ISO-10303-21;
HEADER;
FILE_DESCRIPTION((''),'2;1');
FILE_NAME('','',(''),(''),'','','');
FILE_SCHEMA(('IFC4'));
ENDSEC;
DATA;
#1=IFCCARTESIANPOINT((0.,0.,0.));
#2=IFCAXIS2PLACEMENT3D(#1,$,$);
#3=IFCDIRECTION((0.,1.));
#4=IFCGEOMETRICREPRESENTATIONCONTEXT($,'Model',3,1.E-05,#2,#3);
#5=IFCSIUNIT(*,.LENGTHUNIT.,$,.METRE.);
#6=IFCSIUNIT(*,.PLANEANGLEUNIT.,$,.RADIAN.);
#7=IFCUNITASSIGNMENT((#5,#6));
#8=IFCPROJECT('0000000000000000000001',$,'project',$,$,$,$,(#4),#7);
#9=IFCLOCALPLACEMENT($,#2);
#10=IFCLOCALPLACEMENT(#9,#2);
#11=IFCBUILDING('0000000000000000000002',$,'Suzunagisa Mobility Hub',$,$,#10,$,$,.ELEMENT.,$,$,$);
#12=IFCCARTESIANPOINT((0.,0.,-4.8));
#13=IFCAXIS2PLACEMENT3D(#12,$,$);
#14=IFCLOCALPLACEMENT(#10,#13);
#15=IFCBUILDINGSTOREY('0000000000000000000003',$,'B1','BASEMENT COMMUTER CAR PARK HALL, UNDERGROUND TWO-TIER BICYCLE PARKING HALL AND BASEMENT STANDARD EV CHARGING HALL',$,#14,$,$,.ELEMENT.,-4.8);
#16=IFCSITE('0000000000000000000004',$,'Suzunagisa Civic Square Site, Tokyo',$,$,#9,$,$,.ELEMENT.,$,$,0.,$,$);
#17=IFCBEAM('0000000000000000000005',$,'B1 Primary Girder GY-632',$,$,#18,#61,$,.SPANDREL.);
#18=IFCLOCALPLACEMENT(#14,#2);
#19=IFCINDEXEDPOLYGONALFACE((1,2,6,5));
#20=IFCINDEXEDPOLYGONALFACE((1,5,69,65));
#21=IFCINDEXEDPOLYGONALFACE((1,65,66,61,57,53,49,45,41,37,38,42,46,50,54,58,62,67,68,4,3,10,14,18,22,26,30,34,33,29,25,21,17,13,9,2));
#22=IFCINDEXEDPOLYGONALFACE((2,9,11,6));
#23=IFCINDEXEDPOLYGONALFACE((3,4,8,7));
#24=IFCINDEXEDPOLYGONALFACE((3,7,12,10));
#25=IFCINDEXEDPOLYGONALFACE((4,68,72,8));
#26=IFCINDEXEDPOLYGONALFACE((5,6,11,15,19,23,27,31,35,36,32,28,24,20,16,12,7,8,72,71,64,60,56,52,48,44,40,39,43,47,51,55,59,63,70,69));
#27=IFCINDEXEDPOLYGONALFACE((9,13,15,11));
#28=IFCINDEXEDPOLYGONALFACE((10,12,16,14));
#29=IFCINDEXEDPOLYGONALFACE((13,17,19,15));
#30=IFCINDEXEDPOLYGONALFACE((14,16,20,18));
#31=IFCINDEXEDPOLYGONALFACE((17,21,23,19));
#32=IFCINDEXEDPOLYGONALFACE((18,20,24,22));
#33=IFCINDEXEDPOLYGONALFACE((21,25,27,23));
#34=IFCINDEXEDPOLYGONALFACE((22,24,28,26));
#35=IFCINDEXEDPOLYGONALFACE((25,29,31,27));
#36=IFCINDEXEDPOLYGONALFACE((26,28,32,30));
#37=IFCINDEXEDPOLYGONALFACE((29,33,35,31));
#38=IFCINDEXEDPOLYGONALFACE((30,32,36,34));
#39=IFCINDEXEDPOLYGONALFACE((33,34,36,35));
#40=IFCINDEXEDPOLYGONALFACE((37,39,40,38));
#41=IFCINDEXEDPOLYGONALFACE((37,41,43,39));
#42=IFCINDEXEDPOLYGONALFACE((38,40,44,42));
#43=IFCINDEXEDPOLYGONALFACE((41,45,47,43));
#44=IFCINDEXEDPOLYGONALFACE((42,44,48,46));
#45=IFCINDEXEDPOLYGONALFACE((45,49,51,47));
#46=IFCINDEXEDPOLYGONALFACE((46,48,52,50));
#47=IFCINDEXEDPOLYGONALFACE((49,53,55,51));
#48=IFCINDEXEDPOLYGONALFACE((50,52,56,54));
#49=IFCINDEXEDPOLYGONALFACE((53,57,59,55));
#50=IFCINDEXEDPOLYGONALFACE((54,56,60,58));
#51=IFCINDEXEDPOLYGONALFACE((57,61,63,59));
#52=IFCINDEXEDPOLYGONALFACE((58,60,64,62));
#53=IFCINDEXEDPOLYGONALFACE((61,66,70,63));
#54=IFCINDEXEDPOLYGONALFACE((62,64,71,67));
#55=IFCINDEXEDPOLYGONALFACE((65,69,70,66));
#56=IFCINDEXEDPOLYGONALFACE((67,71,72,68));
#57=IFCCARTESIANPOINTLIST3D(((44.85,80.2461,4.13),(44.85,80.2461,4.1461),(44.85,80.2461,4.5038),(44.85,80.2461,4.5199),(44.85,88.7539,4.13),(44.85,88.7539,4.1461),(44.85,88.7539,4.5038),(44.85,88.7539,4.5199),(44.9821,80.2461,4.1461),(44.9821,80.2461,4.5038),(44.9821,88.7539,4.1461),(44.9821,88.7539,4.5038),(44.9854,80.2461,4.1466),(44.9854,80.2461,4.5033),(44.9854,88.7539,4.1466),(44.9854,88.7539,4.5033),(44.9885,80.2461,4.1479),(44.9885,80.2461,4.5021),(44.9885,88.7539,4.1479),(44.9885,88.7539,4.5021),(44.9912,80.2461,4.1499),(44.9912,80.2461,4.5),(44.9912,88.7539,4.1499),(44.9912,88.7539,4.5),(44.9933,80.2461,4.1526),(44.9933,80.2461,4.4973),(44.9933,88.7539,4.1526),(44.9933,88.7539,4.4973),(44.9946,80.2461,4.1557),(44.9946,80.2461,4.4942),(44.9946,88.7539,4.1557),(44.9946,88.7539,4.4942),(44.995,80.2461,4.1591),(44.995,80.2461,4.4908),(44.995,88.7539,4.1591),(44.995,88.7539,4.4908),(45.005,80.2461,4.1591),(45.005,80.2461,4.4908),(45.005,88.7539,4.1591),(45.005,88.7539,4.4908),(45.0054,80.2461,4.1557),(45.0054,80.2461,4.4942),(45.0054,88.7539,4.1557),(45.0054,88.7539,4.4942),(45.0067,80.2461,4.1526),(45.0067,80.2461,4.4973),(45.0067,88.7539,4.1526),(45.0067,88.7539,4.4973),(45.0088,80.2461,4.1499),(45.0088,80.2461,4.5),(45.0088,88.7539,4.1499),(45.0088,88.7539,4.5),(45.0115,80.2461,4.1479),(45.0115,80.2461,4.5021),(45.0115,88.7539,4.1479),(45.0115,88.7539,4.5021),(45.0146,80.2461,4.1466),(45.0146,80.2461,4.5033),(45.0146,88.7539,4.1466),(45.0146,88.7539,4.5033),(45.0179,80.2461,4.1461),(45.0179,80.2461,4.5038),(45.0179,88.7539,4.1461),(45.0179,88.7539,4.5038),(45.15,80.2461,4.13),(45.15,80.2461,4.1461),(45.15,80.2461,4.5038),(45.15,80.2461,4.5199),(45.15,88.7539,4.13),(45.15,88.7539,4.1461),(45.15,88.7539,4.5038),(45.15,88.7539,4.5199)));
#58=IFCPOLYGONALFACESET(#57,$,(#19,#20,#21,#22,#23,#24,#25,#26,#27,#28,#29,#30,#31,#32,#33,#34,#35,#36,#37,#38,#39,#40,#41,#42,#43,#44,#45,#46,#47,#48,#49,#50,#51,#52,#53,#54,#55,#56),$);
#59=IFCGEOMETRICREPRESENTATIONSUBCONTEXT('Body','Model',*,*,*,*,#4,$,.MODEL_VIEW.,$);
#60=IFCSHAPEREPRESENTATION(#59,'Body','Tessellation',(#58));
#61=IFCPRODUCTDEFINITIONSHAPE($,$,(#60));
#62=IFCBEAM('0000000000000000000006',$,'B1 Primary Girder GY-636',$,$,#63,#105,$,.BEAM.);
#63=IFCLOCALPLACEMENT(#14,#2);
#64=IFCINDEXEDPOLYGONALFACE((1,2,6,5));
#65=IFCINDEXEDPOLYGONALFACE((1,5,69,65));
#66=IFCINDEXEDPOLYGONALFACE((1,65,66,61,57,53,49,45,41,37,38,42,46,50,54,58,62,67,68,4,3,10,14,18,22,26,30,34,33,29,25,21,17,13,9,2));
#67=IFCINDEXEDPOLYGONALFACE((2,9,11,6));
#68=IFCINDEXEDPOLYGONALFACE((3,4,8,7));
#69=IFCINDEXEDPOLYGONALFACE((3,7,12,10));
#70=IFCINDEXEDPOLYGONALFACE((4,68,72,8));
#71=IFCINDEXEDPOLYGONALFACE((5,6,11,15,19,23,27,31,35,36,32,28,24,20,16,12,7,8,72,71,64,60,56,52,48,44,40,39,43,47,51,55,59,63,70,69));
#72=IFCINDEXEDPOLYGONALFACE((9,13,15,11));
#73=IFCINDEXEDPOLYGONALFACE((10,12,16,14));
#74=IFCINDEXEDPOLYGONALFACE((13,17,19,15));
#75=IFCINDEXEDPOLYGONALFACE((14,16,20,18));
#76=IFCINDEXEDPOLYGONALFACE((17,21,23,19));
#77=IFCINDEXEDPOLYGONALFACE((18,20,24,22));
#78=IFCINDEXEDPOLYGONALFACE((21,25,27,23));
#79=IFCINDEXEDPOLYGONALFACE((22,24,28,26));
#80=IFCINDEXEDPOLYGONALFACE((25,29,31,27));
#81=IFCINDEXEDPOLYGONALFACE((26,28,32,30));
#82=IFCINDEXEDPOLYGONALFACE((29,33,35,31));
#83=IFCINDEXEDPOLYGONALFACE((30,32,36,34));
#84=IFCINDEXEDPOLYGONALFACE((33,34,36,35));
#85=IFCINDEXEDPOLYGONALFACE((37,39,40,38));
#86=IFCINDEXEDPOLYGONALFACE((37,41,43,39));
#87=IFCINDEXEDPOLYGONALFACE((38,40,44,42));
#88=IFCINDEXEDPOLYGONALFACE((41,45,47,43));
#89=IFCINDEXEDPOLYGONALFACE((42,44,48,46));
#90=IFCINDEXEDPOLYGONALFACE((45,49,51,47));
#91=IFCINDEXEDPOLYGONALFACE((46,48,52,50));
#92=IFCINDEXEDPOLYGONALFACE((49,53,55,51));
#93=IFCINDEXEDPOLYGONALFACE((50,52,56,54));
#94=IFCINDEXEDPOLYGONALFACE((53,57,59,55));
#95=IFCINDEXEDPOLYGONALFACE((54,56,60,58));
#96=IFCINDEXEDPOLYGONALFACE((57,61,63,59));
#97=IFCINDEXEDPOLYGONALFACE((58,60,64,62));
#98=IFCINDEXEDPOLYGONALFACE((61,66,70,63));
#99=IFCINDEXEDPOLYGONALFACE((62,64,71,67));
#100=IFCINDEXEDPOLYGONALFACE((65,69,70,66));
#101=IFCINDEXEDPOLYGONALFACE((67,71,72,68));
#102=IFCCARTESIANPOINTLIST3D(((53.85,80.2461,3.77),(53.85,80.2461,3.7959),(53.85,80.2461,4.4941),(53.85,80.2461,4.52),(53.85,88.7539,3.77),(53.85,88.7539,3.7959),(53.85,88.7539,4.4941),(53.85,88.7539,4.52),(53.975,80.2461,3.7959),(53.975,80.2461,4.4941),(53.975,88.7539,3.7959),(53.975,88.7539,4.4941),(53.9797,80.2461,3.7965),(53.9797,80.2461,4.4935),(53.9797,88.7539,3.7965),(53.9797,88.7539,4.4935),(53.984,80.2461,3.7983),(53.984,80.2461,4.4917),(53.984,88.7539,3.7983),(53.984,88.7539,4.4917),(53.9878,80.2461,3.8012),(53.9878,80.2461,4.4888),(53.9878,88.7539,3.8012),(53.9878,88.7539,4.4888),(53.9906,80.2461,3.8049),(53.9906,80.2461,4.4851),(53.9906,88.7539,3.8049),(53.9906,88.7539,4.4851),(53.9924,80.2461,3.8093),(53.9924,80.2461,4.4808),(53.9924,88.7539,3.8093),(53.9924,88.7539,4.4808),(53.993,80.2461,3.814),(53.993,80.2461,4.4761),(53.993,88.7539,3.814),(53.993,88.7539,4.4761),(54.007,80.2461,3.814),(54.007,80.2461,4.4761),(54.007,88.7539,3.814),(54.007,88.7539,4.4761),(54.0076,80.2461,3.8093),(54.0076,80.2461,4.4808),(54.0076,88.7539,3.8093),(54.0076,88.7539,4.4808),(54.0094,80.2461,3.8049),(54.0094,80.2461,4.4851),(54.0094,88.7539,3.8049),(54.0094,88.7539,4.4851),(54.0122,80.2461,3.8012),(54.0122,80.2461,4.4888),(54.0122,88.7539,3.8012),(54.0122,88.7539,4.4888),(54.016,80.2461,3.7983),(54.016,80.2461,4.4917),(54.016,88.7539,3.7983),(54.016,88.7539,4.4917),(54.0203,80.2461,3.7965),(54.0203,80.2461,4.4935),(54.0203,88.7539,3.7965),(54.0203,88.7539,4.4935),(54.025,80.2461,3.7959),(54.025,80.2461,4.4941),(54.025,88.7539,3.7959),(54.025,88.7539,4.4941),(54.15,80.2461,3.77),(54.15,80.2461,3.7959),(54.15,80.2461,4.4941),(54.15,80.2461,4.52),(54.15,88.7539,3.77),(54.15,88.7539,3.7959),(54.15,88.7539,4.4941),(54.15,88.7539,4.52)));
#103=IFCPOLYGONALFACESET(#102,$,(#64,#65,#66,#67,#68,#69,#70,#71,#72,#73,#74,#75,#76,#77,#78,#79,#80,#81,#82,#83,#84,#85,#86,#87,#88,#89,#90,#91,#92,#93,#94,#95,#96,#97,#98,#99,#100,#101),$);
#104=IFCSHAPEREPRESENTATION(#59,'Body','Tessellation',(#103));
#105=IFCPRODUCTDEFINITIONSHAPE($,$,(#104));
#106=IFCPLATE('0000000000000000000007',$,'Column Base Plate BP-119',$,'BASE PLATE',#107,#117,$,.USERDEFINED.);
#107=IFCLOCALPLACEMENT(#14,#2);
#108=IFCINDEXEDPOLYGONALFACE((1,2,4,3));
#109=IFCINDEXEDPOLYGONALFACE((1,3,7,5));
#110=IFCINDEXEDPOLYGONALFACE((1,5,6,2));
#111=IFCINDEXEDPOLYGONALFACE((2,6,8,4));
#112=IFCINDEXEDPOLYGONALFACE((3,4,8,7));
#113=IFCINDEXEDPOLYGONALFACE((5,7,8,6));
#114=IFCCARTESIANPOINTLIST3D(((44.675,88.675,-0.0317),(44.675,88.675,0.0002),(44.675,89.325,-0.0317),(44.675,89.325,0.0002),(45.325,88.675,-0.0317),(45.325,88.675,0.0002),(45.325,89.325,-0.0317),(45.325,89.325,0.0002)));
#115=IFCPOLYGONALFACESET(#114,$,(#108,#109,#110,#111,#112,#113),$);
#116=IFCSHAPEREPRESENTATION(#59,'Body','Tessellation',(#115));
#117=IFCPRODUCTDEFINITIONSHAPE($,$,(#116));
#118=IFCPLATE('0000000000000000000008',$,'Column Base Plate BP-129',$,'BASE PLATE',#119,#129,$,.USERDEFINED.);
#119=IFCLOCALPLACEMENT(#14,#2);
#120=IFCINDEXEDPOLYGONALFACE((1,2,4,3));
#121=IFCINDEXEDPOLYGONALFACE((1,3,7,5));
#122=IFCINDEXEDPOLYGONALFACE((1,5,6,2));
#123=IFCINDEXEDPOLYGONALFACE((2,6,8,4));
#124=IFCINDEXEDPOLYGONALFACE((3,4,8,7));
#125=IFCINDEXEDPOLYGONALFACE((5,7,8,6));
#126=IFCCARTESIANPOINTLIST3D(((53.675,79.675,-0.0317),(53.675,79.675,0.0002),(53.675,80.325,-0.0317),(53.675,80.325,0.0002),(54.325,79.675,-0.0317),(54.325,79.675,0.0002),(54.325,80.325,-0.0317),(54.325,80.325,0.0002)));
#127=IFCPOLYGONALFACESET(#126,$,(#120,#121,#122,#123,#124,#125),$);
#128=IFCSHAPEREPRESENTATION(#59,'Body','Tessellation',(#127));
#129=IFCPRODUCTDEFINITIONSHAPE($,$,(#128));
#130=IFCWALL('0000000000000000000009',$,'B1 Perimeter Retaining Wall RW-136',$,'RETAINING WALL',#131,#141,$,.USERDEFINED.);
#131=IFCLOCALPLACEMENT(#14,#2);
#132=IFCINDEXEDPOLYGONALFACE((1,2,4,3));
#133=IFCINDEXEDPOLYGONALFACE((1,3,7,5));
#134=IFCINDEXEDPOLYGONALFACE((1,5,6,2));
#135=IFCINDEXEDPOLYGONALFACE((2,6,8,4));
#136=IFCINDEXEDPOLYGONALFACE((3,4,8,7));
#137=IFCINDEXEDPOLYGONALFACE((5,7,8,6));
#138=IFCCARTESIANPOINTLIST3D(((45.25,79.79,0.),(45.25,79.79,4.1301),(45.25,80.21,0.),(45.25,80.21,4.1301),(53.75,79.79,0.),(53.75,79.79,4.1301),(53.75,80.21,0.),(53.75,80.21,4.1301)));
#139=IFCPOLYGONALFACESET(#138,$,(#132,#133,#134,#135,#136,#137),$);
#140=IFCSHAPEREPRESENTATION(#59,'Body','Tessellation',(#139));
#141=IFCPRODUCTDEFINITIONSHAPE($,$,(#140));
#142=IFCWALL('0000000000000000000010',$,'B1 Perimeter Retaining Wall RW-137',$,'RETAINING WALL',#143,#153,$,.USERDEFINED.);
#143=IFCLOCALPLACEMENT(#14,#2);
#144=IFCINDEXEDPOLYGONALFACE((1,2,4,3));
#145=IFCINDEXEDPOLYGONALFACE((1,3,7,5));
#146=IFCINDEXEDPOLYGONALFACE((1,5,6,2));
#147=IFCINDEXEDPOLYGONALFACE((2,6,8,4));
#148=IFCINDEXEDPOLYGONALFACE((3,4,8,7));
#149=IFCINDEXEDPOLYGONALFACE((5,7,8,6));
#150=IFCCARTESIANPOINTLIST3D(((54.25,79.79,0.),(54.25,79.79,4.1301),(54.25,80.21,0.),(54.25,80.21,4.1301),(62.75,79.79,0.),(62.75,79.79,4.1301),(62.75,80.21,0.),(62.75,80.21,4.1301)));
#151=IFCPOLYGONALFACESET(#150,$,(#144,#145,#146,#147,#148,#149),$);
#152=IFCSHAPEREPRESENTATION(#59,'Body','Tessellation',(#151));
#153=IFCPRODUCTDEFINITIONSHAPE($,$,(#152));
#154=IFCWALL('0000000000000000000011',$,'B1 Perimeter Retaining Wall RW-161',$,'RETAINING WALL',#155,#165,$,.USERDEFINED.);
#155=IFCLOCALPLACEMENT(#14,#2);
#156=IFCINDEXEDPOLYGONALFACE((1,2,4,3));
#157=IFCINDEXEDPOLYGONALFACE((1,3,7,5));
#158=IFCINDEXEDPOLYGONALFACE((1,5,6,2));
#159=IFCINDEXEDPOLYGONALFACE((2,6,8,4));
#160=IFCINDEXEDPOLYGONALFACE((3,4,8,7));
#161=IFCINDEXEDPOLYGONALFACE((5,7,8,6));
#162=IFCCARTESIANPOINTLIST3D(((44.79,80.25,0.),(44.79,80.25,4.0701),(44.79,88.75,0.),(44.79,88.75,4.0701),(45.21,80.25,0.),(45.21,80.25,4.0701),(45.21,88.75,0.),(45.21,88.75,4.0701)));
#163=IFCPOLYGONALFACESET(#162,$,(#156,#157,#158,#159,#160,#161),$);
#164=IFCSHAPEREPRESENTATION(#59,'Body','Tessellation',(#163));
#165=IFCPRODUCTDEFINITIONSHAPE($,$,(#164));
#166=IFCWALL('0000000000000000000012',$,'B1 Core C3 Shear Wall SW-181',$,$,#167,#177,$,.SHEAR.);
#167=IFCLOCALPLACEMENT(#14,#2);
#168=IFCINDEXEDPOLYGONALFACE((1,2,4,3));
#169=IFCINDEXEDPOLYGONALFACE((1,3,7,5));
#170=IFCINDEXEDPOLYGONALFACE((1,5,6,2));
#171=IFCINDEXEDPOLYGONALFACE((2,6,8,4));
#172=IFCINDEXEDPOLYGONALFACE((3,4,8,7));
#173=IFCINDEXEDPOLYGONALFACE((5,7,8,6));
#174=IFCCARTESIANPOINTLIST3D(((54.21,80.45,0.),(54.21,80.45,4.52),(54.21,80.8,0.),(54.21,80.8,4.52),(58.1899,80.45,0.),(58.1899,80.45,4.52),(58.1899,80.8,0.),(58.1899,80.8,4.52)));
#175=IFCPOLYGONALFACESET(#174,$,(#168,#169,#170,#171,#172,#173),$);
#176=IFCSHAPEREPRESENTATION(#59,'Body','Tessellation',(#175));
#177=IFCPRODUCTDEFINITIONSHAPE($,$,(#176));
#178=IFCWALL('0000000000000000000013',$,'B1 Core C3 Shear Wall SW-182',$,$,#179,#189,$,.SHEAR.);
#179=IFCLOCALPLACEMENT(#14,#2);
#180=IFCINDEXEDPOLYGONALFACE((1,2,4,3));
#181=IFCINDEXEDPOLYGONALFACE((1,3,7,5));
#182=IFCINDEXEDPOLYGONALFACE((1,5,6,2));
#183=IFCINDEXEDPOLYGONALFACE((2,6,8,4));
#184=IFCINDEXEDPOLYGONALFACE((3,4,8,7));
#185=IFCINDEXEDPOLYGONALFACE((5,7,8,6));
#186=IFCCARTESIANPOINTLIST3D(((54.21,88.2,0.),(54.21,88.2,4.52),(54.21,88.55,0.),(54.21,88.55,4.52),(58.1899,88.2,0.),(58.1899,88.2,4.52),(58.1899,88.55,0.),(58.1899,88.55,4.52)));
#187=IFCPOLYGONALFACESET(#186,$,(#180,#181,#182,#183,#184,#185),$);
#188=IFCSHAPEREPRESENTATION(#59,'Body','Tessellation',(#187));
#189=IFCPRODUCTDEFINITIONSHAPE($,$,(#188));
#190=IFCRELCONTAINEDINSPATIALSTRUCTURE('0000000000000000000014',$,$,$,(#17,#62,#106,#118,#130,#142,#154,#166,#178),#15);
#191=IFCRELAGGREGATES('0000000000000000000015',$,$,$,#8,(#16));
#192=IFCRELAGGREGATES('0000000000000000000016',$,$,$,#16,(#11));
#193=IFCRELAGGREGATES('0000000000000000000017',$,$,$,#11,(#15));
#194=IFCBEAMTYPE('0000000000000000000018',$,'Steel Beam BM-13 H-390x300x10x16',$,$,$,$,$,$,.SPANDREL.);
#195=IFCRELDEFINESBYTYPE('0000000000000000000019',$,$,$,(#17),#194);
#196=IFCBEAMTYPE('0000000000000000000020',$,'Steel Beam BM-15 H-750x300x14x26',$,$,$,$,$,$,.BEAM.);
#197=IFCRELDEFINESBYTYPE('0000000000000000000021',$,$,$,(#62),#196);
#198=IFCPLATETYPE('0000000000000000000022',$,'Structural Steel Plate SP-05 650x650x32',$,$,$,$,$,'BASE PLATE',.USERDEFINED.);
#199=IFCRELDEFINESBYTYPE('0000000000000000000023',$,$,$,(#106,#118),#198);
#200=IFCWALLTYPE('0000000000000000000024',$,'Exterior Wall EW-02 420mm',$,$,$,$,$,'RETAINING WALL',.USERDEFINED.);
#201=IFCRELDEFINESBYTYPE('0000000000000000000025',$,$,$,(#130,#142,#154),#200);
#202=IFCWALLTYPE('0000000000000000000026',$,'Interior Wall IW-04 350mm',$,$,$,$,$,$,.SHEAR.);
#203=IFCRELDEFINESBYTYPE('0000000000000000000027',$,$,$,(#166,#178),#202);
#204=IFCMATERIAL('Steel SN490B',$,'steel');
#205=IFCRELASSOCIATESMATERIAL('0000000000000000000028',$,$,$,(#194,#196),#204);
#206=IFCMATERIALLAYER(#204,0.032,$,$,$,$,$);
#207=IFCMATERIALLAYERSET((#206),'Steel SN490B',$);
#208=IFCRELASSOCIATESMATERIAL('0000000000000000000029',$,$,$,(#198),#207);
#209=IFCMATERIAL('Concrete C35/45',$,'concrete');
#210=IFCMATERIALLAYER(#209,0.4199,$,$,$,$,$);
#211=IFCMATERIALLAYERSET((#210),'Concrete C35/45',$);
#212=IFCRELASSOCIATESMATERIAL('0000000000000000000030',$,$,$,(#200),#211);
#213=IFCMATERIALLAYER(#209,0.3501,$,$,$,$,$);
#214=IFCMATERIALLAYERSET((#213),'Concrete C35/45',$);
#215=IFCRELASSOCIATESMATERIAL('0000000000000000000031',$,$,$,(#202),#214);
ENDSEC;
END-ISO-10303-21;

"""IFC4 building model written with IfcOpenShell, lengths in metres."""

from ifc_helpers import new_model, si_unit, direction, frame, frame_2d, origin, origin_2d, place, context, subcontext, project, spatial, rectangle, i_section, extrude, material, layer, layer_set, material_profile, profile_set, type_object, element, save


model = new_model("IFC4")

# Units and contexts
model_context = context("Model", 3, precision=1e-05, world=origin(), true_north=direction((0.0, 1.0)))
body_context = subcontext(model_context, "Body", "Model", "MODEL_VIEW")
ifc_project = project(units=[si_unit("LENGTHUNIT", "METRE"), si_unit("PLANEANGLEUNIT", "RADIAN")], contexts=[model_context])

# Site, building, storey
site_placement = place(None, origin())
site = spatial("IfcSite", under=ifc_project, at=site_placement, Name="Suzunagisa Civic Square Site, Tokyo", CompositionType="ELEMENT", RefElevation=0.0)
building_placement = place(site_placement, origin())
building = spatial("IfcBuilding", under=site, at=building_placement, Name="Suzunagisa Mobility Hub", CompositionType="ELEMENT")
storey_placement = place(building_placement, frame((0.0, 0.0, -4.8)))
storey = spatial("IfcBuildingStorey", under=building, at=storey_placement, Name="B1", Description="BASEMENT COMMUTER CAR PARK HALL, UNDERGROUND TWO-TIER BICYCLE PARKING HALL AND BASEMENT STANDARD EV CHARGING HALL", CompositionType="ELEMENT", Elevation=-4.8)

# Shared definitions
ifc_material_1 = material(Name="Steel SN490B", Category="steel")

# Beams
ifc_material_profile_1 = material_profile(ifc_material_1, i_section(OverallWidth=0.3, OverallDepth=0.3899, WebThickness=0.01, FlangeThickness=0.0161, FilletRadius=0.0129, at=origin_2d()), Name="H-390x300x10x16")
ifc_profile_set_1 = profile_set([ifc_material_profile_1], Name="Steel SN490B")
beam_type_1 = type_object("IfcBeamType", Name="Steel Beam BM-13 H-390x300x10x16", PredefinedType="SPANDREL", material=ifc_profile_set_1)
for number, where, z_axis, x_axis, name in (
    (1, (45.0, 80.2461, 4.325), (0.0, 1.0, 0.0), (-1.0, 0.0, 0.0), "B1 Primary Girder GY-632"),
):
    element("IfcBeam", number, at=place(storey_placement, frame(where, z_axis=z_axis, x_axis=x_axis)), inside=storey, type_object=beam_type_1, Name=name, PredefinedType="SPANDREL", context=body_context, shape_type="SweptSolid", body=[
        extrude(i_section(OverallWidth=0.3, OverallDepth=0.3899, WebThickness=0.01, FlangeThickness=0.0161, FilletRadius=0.0129, at=origin_2d()), origin(), (0.0, 0.0, 1.0), 8.5078),
    ])
ifc_material_profile_2 = material_profile(ifc_material_1, i_section(OverallWidth=0.3, OverallDepth=0.75, WebThickness=0.0139, FlangeThickness=0.0259, FilletRadius=0.0181, at=origin_2d()), Name="H-750x300x14x26")
ifc_profile_set_2 = profile_set([ifc_material_profile_2], Name="Steel SN490B")
beam_type_2 = type_object("IfcBeamType", Name="Steel Beam BM-15 H-750x300x14x26", PredefinedType="BEAM", material=ifc_profile_set_2)
beam_1_placement = place(storey_placement, frame((54.0, 80.2461, 4.145), z_axis=(0.0, 1.0, 0.0), x_axis=(-1.0, 0.0, 0.0)))
element("IfcBeam", 2, at=beam_1_placement, inside=storey, type_object=beam_type_2, Name="B1 Primary Girder GY-636", PredefinedType="BEAM", context=body_context, shape_type="SweptSolid", body=[
    extrude(i_section(OverallWidth=0.3, OverallDepth=0.75, WebThickness=0.0139, FlangeThickness=0.0259, FilletRadius=0.0181, at=origin_2d()), origin(), (0.0, 0.0, 1.0), 8.5078),
])

# Plates
ifc_layer_1 = layer(ifc_material_1, 0.032)
ifc_layer_set_1 = layer_set([ifc_layer_1], Name="Steel SN490B")
plate_type = type_object("IfcPlateType", Name="Structural Steel Plate SP-05 650x650x32", ElementType="BASE PLATE", PredefinedType="USERDEFINED", material=ifc_layer_set_1)
for number, where, z_axis, x_axis, name in (
    (3, (45.0, 89.0, -0.0317), (0.0, 0.0, 1.0), (1.0, 0.0, 0.0), "Column Base Plate BP-119"),
    (4, (54.0, 80.0, -0.0317), (0.0, 0.0, 1.0), (1.0, 0.0, 0.0), "Column Base Plate BP-129"),
):
    element("IfcPlate", number, at=place(storey_placement, frame(where, z_axis=z_axis, x_axis=x_axis)), inside=storey, type_object=plate_type, Name=name, ObjectType="BASE PLATE", PredefinedType="USERDEFINED", context=body_context, shape_type="SweptSolid", body=[
        extrude(rectangle(XDim=0.6499, YDim=0.6499, at=origin_2d()), origin(), (0.0, 0.0, 1.0), 0.032),
    ])

# Walls
ifc_material_2 = material(Name="Concrete C35/45", Category="concrete")
ifc_layer_2 = layer(ifc_material_2, 0.4199)
ifc_layer_set_2 = layer_set([ifc_layer_2], Name="Concrete C35/45")
wall_type_1 = type_object("IfcWallType", Name="Exterior Wall EW-02 420mm", ElementType="RETAINING WALL", PredefinedType="USERDEFINED", material=ifc_layer_set_2)
for number, where, z_axis, x_axis, name in (
    (5, (45.25, 80.0, 0.0), (0.0, 0.0, 1.0), (1.0, 0.0, 0.0), "B1 Perimeter Retaining Wall RW-136"),
    (6, (54.25, 80.0, 0.0), (0.0, 0.0, 1.0), (1.0, 0.0, 0.0), "B1 Perimeter Retaining Wall RW-137"),
):
    element("IfcWall", number, at=place(storey_placement, frame(where, z_axis=z_axis, x_axis=x_axis)), inside=storey, type_object=wall_type_1, Name=name, ObjectType="RETAINING WALL", PredefinedType="USERDEFINED", context=body_context, shape_type="SweptSolid", body=[
        extrude(rectangle(XDim=8.5, YDim=0.4199, at=frame_2d((4.25, 0.0))), origin(), (0.0, 0.0, 1.0), 4.1301),
    ])
wall_1_placement = place(storey_placement, frame((45.0, 88.75, 0.0), z_axis=(0.0, 0.0, 1.0), x_axis=(0.0, -1.0, 0.0)))
element("IfcWall", 7, at=wall_1_placement, inside=storey, type_object=wall_type_1, Name="B1 Perimeter Retaining Wall RW-161", ObjectType="RETAINING WALL", PredefinedType="USERDEFINED", context=body_context, shape_type="SweptSolid", body=[
    extrude(rectangle(XDim=8.5, YDim=0.4199, at=frame_2d((4.25, 0.0))), origin(), (0.0, 0.0, 1.0), 4.0701),
])
ifc_layer_3 = layer(ifc_material_2, 0.3501)
ifc_layer_set_3 = layer_set([ifc_layer_3], Name="Concrete C35/45")
wall_type_2 = type_object("IfcWallType", Name="Interior Wall IW-04 350mm", PredefinedType="SHEAR", material=ifc_layer_set_3)
for number, where, z_axis, x_axis, name in (
    (8, (54.21, 80.625, 0.0), (0.0, 0.0, 1.0), (1.0, 0.0, 0.0), "B1 Core C3 Shear Wall SW-181"),
    (9, (54.21, 88.375, 0.0), (0.0, 0.0, 1.0), (1.0, 0.0, 0.0), "B1 Core C3 Shear Wall SW-182"),
):
    element("IfcWall", number, at=place(storey_placement, frame(where, z_axis=z_axis, x_axis=x_axis)), inside=storey, type_object=wall_type_2, Name=name, PredefinedType="SHEAR", context=body_context, shape_type="SweptSolid", body=[
        extrude(rectangle(XDim=3.98, YDim=0.3501, at=frame_2d((1.99, 0.0))), origin(), (0.0, 0.0, 1.0), 4.52),
    ])

save(model, "model.ifc")
